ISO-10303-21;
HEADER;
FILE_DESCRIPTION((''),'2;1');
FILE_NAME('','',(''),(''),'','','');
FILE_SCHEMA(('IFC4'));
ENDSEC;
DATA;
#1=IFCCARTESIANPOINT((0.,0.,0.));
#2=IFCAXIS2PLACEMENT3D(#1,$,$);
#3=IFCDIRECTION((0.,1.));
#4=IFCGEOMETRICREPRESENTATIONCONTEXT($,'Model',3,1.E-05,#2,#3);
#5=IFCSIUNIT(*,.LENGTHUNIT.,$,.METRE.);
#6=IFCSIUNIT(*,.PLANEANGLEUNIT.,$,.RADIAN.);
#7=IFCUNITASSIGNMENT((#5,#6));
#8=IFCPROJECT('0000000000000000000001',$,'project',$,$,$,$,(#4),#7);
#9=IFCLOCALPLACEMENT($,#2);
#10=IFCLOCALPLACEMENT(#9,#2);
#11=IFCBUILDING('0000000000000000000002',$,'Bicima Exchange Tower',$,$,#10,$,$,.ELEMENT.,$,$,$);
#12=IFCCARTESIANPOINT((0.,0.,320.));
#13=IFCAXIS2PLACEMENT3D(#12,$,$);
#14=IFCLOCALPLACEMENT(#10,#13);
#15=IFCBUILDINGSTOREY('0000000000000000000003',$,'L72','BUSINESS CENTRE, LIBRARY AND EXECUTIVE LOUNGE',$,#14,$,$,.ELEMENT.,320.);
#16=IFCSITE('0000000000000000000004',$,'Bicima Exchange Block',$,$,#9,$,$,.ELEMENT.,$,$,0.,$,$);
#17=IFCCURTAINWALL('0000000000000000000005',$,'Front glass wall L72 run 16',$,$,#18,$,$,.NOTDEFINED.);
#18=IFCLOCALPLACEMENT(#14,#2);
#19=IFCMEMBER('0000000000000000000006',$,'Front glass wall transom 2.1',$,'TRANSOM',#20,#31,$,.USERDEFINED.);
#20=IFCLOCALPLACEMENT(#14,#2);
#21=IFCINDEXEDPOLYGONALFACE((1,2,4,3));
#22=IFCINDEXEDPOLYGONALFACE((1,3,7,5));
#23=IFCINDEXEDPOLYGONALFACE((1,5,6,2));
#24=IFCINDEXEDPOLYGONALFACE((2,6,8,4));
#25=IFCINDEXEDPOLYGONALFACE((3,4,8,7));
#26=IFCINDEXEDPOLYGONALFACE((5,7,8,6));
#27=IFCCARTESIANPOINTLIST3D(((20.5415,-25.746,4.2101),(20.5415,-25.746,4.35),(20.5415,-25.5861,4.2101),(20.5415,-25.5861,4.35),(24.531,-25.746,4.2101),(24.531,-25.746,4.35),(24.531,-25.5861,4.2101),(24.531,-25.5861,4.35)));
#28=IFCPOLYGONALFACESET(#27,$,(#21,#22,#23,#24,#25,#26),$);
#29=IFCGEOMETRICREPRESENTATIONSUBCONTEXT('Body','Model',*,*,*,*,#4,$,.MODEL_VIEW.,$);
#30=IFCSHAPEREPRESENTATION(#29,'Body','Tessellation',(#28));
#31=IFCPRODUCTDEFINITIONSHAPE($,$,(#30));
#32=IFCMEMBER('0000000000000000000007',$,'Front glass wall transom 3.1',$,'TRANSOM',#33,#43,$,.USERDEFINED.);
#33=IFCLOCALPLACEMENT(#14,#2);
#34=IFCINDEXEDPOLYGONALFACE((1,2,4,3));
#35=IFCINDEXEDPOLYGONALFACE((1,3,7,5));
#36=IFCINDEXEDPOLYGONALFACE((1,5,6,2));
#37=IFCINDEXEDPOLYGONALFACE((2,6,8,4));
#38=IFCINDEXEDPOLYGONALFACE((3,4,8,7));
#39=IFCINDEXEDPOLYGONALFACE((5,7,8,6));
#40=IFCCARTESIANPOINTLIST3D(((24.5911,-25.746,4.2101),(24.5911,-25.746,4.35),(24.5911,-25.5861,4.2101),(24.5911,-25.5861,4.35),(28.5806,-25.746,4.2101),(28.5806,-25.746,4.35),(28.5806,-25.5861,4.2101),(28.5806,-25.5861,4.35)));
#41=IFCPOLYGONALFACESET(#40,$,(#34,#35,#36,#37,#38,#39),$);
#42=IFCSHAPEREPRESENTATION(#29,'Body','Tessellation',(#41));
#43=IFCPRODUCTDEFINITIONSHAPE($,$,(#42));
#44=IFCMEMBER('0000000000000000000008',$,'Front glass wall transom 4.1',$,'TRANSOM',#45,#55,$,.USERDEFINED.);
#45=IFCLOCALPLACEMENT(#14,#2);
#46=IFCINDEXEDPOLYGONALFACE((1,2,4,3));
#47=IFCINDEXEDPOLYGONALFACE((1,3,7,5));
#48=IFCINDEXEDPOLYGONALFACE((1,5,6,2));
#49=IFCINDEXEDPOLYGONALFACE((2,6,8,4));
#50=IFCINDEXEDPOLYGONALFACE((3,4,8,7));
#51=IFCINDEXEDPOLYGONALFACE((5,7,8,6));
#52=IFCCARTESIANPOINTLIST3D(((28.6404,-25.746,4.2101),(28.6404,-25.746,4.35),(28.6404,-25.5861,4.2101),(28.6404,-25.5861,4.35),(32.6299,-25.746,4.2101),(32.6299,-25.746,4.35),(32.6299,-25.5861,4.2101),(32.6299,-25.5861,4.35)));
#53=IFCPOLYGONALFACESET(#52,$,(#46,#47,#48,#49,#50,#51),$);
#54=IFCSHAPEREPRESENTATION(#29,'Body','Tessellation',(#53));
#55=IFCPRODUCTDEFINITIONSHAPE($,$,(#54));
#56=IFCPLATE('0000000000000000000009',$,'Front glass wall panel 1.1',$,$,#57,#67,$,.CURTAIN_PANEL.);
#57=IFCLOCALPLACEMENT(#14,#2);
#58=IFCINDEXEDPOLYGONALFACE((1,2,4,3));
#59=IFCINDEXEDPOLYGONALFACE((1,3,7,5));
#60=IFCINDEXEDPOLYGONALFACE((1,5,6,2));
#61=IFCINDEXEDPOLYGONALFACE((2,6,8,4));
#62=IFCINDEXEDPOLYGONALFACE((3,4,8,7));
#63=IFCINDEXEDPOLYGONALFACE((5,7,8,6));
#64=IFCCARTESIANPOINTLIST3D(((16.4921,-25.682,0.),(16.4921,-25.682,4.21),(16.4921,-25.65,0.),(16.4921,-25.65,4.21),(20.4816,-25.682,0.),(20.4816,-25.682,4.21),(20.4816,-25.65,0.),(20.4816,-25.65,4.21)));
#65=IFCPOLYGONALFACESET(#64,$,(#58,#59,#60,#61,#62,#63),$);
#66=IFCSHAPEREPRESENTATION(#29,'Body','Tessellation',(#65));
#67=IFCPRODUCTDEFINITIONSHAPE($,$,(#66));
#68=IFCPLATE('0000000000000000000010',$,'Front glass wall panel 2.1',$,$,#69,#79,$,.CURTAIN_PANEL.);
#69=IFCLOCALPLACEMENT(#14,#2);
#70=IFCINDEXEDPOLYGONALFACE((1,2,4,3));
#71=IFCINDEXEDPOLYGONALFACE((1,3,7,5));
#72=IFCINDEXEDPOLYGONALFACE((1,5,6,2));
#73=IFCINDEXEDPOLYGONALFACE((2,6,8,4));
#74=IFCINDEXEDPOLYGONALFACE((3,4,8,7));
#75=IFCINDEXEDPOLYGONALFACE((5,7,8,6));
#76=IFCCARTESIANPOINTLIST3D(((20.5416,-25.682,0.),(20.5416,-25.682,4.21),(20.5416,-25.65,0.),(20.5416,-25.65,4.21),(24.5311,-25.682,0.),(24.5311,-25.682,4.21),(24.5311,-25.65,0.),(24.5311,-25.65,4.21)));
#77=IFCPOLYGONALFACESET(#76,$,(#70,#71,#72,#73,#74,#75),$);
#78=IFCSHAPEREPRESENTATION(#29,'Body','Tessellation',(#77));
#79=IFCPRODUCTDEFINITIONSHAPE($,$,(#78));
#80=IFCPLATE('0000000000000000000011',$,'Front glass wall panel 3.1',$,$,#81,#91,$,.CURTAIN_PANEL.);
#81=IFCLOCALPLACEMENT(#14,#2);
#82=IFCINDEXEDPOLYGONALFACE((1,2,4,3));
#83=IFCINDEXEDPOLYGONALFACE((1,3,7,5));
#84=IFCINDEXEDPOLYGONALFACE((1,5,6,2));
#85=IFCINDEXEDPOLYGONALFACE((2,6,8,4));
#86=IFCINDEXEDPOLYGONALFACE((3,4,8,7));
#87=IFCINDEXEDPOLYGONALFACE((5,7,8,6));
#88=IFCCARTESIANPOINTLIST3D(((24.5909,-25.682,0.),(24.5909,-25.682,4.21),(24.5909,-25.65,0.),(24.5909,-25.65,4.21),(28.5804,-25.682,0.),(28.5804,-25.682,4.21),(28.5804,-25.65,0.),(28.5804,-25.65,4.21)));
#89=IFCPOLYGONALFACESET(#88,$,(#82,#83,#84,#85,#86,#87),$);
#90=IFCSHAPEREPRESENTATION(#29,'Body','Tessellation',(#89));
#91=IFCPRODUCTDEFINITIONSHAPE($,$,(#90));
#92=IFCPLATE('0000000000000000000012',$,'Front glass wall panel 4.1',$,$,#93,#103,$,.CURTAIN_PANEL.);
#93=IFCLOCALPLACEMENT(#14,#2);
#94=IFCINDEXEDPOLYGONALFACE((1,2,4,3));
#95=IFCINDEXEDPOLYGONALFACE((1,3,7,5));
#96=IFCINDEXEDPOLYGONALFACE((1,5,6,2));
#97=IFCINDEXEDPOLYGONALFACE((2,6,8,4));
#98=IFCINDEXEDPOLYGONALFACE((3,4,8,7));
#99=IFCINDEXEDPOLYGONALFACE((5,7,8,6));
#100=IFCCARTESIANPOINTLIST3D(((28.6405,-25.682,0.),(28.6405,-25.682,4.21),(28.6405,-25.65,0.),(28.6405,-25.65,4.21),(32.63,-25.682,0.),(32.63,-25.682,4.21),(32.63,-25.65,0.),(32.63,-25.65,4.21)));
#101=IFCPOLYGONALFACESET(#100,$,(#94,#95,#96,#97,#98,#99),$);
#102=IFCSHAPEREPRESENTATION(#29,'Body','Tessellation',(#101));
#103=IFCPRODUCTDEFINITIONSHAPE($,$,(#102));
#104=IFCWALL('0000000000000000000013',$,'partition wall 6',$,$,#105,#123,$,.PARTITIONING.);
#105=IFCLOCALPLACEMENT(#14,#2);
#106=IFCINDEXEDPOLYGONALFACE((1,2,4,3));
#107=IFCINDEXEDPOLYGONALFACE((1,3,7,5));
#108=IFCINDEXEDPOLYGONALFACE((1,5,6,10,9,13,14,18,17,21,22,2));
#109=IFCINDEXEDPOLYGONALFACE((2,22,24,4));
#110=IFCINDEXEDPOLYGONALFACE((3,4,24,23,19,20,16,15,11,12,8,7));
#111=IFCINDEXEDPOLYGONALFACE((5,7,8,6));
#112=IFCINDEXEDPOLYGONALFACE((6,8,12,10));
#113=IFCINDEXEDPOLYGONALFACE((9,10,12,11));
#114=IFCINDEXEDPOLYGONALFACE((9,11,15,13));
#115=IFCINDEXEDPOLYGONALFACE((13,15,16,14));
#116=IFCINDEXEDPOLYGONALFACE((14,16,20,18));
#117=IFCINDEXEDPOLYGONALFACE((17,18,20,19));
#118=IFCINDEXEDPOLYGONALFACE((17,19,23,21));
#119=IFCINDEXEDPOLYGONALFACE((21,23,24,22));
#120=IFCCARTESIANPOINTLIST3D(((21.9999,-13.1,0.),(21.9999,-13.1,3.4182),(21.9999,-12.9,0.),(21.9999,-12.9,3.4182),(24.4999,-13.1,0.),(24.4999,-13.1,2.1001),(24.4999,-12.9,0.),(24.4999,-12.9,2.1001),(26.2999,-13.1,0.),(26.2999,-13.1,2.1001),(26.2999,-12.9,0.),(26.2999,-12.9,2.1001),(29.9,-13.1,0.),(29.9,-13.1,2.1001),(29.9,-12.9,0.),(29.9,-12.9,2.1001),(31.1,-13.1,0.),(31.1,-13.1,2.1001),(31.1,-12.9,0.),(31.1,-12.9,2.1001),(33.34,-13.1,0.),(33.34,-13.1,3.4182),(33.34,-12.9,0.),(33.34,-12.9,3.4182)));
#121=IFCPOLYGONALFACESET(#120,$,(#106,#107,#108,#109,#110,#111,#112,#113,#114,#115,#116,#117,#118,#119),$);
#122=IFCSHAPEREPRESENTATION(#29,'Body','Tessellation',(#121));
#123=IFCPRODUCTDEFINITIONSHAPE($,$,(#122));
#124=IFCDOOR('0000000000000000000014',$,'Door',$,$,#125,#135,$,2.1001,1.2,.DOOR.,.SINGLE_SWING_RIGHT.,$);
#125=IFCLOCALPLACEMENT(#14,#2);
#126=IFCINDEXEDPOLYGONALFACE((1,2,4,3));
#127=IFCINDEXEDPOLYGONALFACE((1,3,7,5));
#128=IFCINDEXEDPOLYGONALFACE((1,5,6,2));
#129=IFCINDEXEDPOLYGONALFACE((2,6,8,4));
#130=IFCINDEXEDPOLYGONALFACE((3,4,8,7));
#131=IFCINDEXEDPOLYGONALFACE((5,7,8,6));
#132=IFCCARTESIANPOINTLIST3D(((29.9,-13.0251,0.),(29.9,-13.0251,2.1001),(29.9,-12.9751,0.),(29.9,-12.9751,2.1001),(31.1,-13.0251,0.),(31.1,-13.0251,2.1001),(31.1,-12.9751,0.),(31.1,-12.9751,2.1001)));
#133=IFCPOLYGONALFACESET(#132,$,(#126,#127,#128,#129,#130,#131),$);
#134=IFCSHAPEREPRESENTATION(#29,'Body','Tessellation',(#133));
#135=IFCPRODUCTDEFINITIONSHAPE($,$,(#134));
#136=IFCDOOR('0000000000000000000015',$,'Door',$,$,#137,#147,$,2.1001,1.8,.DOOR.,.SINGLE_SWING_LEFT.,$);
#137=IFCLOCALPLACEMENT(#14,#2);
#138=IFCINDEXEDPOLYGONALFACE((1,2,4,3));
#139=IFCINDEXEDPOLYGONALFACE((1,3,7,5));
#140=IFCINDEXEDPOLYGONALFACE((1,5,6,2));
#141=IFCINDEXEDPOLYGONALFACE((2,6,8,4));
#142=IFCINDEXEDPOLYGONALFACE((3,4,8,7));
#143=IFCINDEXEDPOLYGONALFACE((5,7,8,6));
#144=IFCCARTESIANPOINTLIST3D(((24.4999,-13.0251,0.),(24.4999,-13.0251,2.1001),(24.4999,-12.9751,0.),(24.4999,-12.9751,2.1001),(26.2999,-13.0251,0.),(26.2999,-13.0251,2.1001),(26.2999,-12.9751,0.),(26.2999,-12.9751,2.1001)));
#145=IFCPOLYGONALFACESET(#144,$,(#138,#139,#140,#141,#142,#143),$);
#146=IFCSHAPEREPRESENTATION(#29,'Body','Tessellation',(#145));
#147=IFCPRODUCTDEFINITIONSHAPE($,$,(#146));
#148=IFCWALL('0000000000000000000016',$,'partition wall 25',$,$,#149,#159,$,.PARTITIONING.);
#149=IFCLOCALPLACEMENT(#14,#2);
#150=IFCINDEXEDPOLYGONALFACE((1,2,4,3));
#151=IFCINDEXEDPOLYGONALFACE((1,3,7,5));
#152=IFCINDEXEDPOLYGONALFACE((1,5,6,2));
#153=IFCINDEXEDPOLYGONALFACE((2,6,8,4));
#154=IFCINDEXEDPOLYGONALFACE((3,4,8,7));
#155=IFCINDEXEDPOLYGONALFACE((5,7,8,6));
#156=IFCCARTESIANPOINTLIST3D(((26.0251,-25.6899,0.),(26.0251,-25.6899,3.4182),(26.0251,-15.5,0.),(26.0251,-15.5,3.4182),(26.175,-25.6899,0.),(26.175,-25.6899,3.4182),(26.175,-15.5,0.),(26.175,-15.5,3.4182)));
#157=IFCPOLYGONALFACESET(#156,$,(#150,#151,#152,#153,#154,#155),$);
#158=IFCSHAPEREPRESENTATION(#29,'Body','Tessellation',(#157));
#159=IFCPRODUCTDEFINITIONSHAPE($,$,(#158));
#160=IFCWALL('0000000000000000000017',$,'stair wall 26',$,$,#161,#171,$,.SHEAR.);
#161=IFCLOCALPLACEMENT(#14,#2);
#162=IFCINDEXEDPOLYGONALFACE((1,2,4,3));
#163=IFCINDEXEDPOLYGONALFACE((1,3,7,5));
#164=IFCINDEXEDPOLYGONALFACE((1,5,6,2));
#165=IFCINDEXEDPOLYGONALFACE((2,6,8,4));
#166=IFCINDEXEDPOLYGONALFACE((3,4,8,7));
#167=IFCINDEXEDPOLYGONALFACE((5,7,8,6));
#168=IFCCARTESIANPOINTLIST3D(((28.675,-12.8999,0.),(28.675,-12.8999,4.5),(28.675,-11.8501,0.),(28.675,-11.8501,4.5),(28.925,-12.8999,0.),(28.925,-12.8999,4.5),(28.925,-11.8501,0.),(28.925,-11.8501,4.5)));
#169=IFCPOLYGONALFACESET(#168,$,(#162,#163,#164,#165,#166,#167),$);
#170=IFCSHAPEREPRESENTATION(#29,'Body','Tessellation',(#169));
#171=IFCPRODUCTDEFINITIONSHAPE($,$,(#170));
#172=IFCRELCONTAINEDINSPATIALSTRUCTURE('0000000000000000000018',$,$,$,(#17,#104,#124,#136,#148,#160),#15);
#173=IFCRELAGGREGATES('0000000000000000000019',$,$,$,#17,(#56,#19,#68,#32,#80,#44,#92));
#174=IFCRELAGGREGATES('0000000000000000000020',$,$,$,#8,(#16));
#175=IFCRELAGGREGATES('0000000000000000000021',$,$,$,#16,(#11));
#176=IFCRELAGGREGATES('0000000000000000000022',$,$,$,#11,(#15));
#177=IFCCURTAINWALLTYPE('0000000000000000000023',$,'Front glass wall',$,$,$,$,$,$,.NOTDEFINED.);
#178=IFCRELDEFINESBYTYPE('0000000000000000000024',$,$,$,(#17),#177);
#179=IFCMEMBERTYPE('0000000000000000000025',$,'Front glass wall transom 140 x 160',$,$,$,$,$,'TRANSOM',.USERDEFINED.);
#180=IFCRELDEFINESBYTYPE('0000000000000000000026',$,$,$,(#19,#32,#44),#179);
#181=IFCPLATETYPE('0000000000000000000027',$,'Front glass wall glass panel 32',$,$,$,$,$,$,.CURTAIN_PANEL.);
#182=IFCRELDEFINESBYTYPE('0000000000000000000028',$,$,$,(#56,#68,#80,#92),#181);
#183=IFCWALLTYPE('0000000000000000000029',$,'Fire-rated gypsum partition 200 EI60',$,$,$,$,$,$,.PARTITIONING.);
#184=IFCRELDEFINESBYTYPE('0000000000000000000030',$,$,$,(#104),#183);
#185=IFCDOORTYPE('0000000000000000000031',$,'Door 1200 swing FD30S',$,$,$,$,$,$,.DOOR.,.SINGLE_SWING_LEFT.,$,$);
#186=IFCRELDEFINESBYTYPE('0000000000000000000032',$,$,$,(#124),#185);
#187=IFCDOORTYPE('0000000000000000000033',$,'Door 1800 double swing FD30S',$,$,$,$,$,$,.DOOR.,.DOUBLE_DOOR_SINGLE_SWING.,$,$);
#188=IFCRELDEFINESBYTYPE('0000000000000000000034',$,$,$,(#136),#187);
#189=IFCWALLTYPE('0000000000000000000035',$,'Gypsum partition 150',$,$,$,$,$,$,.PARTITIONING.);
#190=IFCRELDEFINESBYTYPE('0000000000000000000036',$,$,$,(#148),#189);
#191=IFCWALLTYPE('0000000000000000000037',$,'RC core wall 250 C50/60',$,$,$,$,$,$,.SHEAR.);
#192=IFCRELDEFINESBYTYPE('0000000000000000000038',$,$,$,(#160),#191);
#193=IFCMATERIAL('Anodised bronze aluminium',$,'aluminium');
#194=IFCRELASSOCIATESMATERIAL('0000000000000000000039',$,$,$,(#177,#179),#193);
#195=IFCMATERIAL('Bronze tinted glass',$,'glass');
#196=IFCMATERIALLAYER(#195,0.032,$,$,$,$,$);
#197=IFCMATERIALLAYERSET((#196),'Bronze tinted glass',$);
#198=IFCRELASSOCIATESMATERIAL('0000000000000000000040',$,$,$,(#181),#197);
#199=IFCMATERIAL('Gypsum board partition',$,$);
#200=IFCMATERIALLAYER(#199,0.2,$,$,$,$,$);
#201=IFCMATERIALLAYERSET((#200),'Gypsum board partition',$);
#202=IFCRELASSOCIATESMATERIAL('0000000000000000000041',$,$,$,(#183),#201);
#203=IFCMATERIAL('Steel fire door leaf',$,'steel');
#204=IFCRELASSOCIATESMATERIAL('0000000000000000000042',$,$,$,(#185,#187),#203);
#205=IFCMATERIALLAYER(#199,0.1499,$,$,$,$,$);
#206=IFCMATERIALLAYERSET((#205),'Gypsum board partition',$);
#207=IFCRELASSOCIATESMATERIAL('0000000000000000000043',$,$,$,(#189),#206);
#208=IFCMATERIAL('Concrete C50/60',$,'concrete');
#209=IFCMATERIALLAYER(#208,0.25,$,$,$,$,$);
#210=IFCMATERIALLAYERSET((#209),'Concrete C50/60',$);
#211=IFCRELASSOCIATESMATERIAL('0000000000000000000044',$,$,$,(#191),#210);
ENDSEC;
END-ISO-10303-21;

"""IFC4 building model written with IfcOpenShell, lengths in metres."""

from ifc_helpers import new_model, si_unit, direction, frame, frame_2d, origin, origin_2d, place, context, subcontext, project, spatial, rectangle, extrude, material, layer, layer_set, material_profile, profile_set, type_object, element, fill, aggregate, save


model = new_model("IFC4")

# Units and contexts
model_context = context("Model", 3, precision=1e-05, world=origin(), true_north=direction((0.0, 1.0)))
body_context = subcontext(model_context, "Body", "Model", "MODEL_VIEW")
ifc_project = project(units=[si_unit("LENGTHUNIT", "METRE"), si_unit("PLANEANGLEUNIT", "RADIAN")], contexts=[model_context])

# Site, building, storey
site_placement = place(None, origin())
site = spatial("IfcSite", under=ifc_project, at=site_placement, Name="Bicima Exchange Block", CompositionType="ELEMENT", RefElevation=0.0)
building_placement = place(site_placement, origin())
building = spatial("IfcBuilding", under=site, at=building_placement, Name="Bicima Exchange Tower", CompositionType="ELEMENT")
storey_placement = place(building_placement, frame((0.0, 0.0, 320.0)))
storey = spatial("IfcBuildingStorey", under=building, at=storey_placement, Name="L72", Description="BUSINESS CENTRE, LIBRARY AND EXECUTIVE LOUNGE", CompositionType="ELEMENT", Elevation=320.0)

# Curtain wall, members, plates
ifc_material_1 = material(Name="Anodised bronze aluminium", Category="aluminium")
curtain_wall_type = type_object("IfcCurtainWallType", Name="Front glass wall", PredefinedType="NOTDEFINED", material=ifc_material_1)
curtain_wall_placement = place(storey_placement, origin())
curtain_wall = element("IfcCurtainWall", 1, at=curtain_wall_placement, inside=storey, type_object=curtain_wall_type, Name="Front glass wall L72 run 16", PredefinedType="NOTDEFINED")
ifc_material_profile_1 = material_profile(ifc_material_1, rectangle(XDim=0.1599, YDim=0.1399, at=origin_2d()))
ifc_profile_set_1 = profile_set([ifc_material_profile_1], Name="Anodised bronze aluminium")
member_type_1 = type_object("IfcMemberType", Name="Front glass wall transom 140 x 160", ElementType="TRANSOM", PredefinedType="USERDEFINED", material=ifc_profile_set_1)
member_1_placement = place(storey_placement, frame((20.5415, -25.666, 4.28), z_axis=(1.0, 0.0, 0.0), x_axis=(0.0, 1.0, 0.0)))
member_1 = element("IfcMember", 2, at=member_1_placement, type_object=member_type_1, Name="Front glass wall transom 2.1", ObjectType="TRANSOM", PredefinedType="USERDEFINED", context=body_context, shape_type="SweptSolid", body=[
    extrude(rectangle(XDim=0.1599, YDim=0.1399, at=origin_2d()), origin(), (0.0, 0.0, 1.0), 3.9895),
])
member_2_placement = place(storey_placement, frame((24.5911, -25.666, 4.28), z_axis=(1.0, 0.0, 0.0), x_axis=(0.0, 1.0, 0.0)))
member_2 = element("IfcMember", 3, at=member_2_placement, type_object=member_type_1, Name="Front glass wall transom 3.1", ObjectType="TRANSOM", PredefinedType="USERDEFINED", context=body_context, shape_type="SweptSolid", body=[
    extrude(rectangle(XDim=0.1599, YDim=0.1399, at=origin_2d()), origin(), (0.0, 0.0, 1.0), 3.9895),
])
member_3_placement = place(storey_placement, frame((28.6404, -25.666, 4.28), z_axis=(1.0, 0.0, 0.0), x_axis=(0.0, 1.0, 0.0)))
member_3 = element("IfcMember", 4, at=member_3_placement, type_object=member_type_1, Name="Front glass wall transom 4.1", ObjectType="TRANSOM", PredefinedType="USERDEFINED", context=body_context, shape_type="SweptSolid", body=[
    extrude(rectangle(XDim=0.1599, YDim=0.1399, at=origin_2d()), origin(), (0.0, 0.0, 1.0), 3.9895),
])
ifc_material_2 = material(Name="Bronze tinted glass", Category="glass")
ifc_layer_1 = layer(ifc_material_2, 0.032)
ifc_layer_set_1 = layer_set([ifc_layer_1], Name="Bronze tinted glass")
plate_type = type_object("IfcPlateType", Name="Front glass wall glass panel 32", PredefinedType="CURTAIN_PANEL", material=ifc_layer_set_1)
plate_1_placement = place(storey_placement, frame((18.4868, -25.666, 0.0), z_axis=(0.0, 0.0, 1.0), x_axis=(1.0, 0.0, 0.0)))
plate_1 = element("IfcPlate", 5, at=plate_1_placement, type_object=plate_type, Name="Front glass wall panel 1.1", PredefinedType="CURTAIN_PANEL", context=body_context, shape_type="SweptSolid", body=[
    extrude(rectangle(XDim=3.9895, YDim=0.032, at=origin_2d()), origin(), (0.0, 0.0, 1.0), 4.21),
])
plate_2_placement = place(storey_placement, frame((22.5364, -25.666, 0.0), z_axis=(0.0, 0.0, 1.0), x_axis=(1.0, 0.0, 0.0)))
plate_2 = element("IfcPlate", 6, at=plate_2_placement, type_object=plate_type, Name="Front glass wall panel 2.1", PredefinedType="CURTAIN_PANEL", context=body_context, shape_type="SweptSolid", body=[
    extrude(rectangle(XDim=3.9895, YDim=0.032, at=origin_2d()), origin(), (0.0, 0.0, 1.0), 4.21),
])
plate_3_placement = place(storey_placement, frame((26.5857, -25.666, 0.0), z_axis=(0.0, 0.0, 1.0), x_axis=(1.0, 0.0, 0.0)))
plate_3 = element("IfcPlate", 7, at=plate_3_placement, type_object=plate_type, Name="Front glass wall panel 3.1", PredefinedType="CURTAIN_PANEL", context=body_context, shape_type="SweptSolid", body=[
    extrude(rectangle(XDim=3.9895, YDim=0.032, at=origin_2d()), origin(), (0.0, 0.0, 1.0), 4.21),
])
plate_4_placement = place(storey_placement, frame((30.6353, -25.666, 0.0), z_axis=(0.0, 0.0, 1.0), x_axis=(1.0, 0.0, 0.0)))
plate_4 = element("IfcPlate", 8, at=plate_4_placement, type_object=plate_type, Name="Front glass wall panel 4.1", PredefinedType="CURTAIN_PANEL", context=body_context, shape_type="SweptSolid", body=[
    extrude(rectangle(XDim=3.9895, YDim=0.032, at=origin_2d()), origin(), (0.0, 0.0, 1.0), 4.21),
])
aggregate(curtain_wall, [plate_1, member_1, plate_2, member_2, plate_3, member_3, plate_4])

# Wall, openings, doors
ifc_material_3 = material(Name="Gypsum board partition")
ifc_layer_2 = layer(ifc_material_3, 0.2)
ifc_layer_set_2 = layer_set([ifc_layer_2], Name="Gypsum board partition")
wall_type_1 = type_object("IfcWallType", Name="Fire-rated gypsum partition 200 EI60", PredefinedType="PARTITIONING", material=ifc_layer_set_2)
wall_1_placement = place(storey_placement, frame((22.0, -13.0, 0.0), z_axis=(0.0, 0.0, 1.0), x_axis=(1.0, 0.0, 0.0)))
wall_1 = element("IfcWall", 9, at=wall_1_placement, inside=storey, type_object=wall_type_1, Name="partition wall 6", PredefinedType="PARTITIONING", context=body_context, shape_type="SweptSolid", body=[
    extrude(rectangle(XDim=11.3401, YDim=0.2, at=frame_2d((5.6699, 0.0))), origin(), (0.0, 0.0, 1.0), 3.4182),
])
opening_1_placement = place(wall_1_placement, frame((7.8999, 0.0, 0.0)))
opening_1 = element("IfcOpeningElement", 10, at=opening_1_placement, cuts=wall_1, PredefinedType="OPENING", context=body_context, shape_type="SweptSolid", body=[
    extrude(rectangle(XDim=1.2, YDim=2.1001, at=frame_2d((0.6001, 1.05))), frame((0.0, 0.1118, 0.0), z_axis=(0.0, -1.0, 0.0), x_axis=(1.0, 0.0, 0.0)), (0.0, 0.0, 1.0), 0.2239),
])
opening_2_placement = place(wall_1_placement, frame((2.5, 0.0, 0.0)))
opening_2 = element("IfcOpeningElement", 11, at=opening_2_placement, cuts=wall_1, PredefinedType="OPENING", context=body_context, shape_type="SweptSolid", body=[
    extrude(rectangle(XDim=1.8, YDim=2.1001, at=frame_2d((0.8999, 1.05))), frame((0.0, 0.1118, 0.0), z_axis=(0.0, -1.0, 0.0), x_axis=(1.0, 0.0, 0.0)), (0.0, 0.0, 1.0), 0.2239),
])
ifc_material_4 = material(Name="Steel fire door leaf", Category="steel")
door_type_1 = type_object("IfcDoorType", Name="Door 1200 swing FD30S", OperationType="SINGLE_SWING_LEFT", PredefinedType="DOOR", material=ifc_material_4)
door_1_placement = place(opening_1_placement, origin())
door_1 = element("IfcDoor", 12, at=door_1_placement, inside=storey, type_object=door_type_1, Name="Door", OperationType="SINGLE_SWING_RIGHT", OverallHeight=2.1001, OverallWidth=1.2, PredefinedType="DOOR", context=body_context, shape_type="SweptSolid", body=[
    extrude(rectangle(XDim=1.2, YDim=2.1001, at=frame_2d((0.6001, 1.05))), frame((0.0, 0.0249, 0.0), z_axis=(0.0, -1.0, 0.0), x_axis=(1.0, 0.0, 0.0)), (0.0, 0.0, 1.0), 0.05),
])
fill(opening_1, door_1)
door_type_2 = type_object("IfcDoorType", Name="Door 1800 double swing FD30S", OperationType="DOUBLE_DOOR_SINGLE_SWING", PredefinedType="DOOR", material=ifc_material_4)
door_2_placement = place(opening_2_placement, origin())
door_2 = element("IfcDoor", 13, at=door_2_placement, inside=storey, type_object=door_type_2, Name="Door", OperationType="SINGLE_SWING_LEFT", OverallHeight=2.1001, OverallWidth=1.8, PredefinedType="DOOR", context=body_context, shape_type="SweptSolid", body=[
    extrude(rectangle(XDim=1.8, YDim=2.1001, at=frame_2d((0.8999, 1.05))), frame((0.0, 0.0249, 0.0), z_axis=(0.0, -1.0, 0.0), x_axis=(1.0, 0.0, 0.0)), (0.0, 0.0, 1.0), 0.05),
])
fill(opening_2, door_2)

# Walls
ifc_layer_3 = layer(ifc_material_3, 0.1499)
ifc_layer_set_3 = layer_set([ifc_layer_3], Name="Gypsum board partition")
wall_type_2 = type_object("IfcWallType", Name="Gypsum partition 150", PredefinedType="PARTITIONING", material=ifc_layer_set_3)
wall_2_placement = place(storey_placement, frame((26.1001, -25.6899, 0.0), z_axis=(0.0, 0.0, 1.0), x_axis=(0.0, 1.0, 0.0)))
element("IfcWall", 14, at=wall_2_placement, inside=storey, type_object=wall_type_2, Name="partition wall 25", PredefinedType="PARTITIONING", context=body_context, shape_type="SweptSolid", body=[
    extrude(rectangle(XDim=10.1899, YDim=0.1499, at=frame_2d((5.095, 0.0))), origin(), (0.0, 0.0, 1.0), 3.4182),
])
ifc_material_5 = material(Name="Concrete C50/60", Category="concrete")
ifc_layer_4 = layer(ifc_material_5, 0.25)
ifc_layer_set_4 = layer_set([ifc_layer_4], Name="Concrete C50/60")
wall_type_3 = type_object("IfcWallType", Name="RC core wall 250 C50/60", PredefinedType="SHEAR", material=ifc_layer_set_4)
wall_3_placement = place(storey_placement, frame((28.8, -12.8999, 0.0), z_axis=(0.0, 0.0, 1.0), x_axis=(0.0, 1.0, 0.0)))
element("IfcWall", 15, at=wall_3_placement, inside=storey, type_object=wall_type_3, Name="stair wall 26", PredefinedType="SHEAR", context=body_context, shape_type="SweptSolid", body=[
    extrude(rectangle(XDim=1.0498, YDim=0.25, at=frame_2d((0.5249, 0.0))), origin(), (0.0, 0.0, 1.0), 4.5),
])

save(model, "model.ifc")
